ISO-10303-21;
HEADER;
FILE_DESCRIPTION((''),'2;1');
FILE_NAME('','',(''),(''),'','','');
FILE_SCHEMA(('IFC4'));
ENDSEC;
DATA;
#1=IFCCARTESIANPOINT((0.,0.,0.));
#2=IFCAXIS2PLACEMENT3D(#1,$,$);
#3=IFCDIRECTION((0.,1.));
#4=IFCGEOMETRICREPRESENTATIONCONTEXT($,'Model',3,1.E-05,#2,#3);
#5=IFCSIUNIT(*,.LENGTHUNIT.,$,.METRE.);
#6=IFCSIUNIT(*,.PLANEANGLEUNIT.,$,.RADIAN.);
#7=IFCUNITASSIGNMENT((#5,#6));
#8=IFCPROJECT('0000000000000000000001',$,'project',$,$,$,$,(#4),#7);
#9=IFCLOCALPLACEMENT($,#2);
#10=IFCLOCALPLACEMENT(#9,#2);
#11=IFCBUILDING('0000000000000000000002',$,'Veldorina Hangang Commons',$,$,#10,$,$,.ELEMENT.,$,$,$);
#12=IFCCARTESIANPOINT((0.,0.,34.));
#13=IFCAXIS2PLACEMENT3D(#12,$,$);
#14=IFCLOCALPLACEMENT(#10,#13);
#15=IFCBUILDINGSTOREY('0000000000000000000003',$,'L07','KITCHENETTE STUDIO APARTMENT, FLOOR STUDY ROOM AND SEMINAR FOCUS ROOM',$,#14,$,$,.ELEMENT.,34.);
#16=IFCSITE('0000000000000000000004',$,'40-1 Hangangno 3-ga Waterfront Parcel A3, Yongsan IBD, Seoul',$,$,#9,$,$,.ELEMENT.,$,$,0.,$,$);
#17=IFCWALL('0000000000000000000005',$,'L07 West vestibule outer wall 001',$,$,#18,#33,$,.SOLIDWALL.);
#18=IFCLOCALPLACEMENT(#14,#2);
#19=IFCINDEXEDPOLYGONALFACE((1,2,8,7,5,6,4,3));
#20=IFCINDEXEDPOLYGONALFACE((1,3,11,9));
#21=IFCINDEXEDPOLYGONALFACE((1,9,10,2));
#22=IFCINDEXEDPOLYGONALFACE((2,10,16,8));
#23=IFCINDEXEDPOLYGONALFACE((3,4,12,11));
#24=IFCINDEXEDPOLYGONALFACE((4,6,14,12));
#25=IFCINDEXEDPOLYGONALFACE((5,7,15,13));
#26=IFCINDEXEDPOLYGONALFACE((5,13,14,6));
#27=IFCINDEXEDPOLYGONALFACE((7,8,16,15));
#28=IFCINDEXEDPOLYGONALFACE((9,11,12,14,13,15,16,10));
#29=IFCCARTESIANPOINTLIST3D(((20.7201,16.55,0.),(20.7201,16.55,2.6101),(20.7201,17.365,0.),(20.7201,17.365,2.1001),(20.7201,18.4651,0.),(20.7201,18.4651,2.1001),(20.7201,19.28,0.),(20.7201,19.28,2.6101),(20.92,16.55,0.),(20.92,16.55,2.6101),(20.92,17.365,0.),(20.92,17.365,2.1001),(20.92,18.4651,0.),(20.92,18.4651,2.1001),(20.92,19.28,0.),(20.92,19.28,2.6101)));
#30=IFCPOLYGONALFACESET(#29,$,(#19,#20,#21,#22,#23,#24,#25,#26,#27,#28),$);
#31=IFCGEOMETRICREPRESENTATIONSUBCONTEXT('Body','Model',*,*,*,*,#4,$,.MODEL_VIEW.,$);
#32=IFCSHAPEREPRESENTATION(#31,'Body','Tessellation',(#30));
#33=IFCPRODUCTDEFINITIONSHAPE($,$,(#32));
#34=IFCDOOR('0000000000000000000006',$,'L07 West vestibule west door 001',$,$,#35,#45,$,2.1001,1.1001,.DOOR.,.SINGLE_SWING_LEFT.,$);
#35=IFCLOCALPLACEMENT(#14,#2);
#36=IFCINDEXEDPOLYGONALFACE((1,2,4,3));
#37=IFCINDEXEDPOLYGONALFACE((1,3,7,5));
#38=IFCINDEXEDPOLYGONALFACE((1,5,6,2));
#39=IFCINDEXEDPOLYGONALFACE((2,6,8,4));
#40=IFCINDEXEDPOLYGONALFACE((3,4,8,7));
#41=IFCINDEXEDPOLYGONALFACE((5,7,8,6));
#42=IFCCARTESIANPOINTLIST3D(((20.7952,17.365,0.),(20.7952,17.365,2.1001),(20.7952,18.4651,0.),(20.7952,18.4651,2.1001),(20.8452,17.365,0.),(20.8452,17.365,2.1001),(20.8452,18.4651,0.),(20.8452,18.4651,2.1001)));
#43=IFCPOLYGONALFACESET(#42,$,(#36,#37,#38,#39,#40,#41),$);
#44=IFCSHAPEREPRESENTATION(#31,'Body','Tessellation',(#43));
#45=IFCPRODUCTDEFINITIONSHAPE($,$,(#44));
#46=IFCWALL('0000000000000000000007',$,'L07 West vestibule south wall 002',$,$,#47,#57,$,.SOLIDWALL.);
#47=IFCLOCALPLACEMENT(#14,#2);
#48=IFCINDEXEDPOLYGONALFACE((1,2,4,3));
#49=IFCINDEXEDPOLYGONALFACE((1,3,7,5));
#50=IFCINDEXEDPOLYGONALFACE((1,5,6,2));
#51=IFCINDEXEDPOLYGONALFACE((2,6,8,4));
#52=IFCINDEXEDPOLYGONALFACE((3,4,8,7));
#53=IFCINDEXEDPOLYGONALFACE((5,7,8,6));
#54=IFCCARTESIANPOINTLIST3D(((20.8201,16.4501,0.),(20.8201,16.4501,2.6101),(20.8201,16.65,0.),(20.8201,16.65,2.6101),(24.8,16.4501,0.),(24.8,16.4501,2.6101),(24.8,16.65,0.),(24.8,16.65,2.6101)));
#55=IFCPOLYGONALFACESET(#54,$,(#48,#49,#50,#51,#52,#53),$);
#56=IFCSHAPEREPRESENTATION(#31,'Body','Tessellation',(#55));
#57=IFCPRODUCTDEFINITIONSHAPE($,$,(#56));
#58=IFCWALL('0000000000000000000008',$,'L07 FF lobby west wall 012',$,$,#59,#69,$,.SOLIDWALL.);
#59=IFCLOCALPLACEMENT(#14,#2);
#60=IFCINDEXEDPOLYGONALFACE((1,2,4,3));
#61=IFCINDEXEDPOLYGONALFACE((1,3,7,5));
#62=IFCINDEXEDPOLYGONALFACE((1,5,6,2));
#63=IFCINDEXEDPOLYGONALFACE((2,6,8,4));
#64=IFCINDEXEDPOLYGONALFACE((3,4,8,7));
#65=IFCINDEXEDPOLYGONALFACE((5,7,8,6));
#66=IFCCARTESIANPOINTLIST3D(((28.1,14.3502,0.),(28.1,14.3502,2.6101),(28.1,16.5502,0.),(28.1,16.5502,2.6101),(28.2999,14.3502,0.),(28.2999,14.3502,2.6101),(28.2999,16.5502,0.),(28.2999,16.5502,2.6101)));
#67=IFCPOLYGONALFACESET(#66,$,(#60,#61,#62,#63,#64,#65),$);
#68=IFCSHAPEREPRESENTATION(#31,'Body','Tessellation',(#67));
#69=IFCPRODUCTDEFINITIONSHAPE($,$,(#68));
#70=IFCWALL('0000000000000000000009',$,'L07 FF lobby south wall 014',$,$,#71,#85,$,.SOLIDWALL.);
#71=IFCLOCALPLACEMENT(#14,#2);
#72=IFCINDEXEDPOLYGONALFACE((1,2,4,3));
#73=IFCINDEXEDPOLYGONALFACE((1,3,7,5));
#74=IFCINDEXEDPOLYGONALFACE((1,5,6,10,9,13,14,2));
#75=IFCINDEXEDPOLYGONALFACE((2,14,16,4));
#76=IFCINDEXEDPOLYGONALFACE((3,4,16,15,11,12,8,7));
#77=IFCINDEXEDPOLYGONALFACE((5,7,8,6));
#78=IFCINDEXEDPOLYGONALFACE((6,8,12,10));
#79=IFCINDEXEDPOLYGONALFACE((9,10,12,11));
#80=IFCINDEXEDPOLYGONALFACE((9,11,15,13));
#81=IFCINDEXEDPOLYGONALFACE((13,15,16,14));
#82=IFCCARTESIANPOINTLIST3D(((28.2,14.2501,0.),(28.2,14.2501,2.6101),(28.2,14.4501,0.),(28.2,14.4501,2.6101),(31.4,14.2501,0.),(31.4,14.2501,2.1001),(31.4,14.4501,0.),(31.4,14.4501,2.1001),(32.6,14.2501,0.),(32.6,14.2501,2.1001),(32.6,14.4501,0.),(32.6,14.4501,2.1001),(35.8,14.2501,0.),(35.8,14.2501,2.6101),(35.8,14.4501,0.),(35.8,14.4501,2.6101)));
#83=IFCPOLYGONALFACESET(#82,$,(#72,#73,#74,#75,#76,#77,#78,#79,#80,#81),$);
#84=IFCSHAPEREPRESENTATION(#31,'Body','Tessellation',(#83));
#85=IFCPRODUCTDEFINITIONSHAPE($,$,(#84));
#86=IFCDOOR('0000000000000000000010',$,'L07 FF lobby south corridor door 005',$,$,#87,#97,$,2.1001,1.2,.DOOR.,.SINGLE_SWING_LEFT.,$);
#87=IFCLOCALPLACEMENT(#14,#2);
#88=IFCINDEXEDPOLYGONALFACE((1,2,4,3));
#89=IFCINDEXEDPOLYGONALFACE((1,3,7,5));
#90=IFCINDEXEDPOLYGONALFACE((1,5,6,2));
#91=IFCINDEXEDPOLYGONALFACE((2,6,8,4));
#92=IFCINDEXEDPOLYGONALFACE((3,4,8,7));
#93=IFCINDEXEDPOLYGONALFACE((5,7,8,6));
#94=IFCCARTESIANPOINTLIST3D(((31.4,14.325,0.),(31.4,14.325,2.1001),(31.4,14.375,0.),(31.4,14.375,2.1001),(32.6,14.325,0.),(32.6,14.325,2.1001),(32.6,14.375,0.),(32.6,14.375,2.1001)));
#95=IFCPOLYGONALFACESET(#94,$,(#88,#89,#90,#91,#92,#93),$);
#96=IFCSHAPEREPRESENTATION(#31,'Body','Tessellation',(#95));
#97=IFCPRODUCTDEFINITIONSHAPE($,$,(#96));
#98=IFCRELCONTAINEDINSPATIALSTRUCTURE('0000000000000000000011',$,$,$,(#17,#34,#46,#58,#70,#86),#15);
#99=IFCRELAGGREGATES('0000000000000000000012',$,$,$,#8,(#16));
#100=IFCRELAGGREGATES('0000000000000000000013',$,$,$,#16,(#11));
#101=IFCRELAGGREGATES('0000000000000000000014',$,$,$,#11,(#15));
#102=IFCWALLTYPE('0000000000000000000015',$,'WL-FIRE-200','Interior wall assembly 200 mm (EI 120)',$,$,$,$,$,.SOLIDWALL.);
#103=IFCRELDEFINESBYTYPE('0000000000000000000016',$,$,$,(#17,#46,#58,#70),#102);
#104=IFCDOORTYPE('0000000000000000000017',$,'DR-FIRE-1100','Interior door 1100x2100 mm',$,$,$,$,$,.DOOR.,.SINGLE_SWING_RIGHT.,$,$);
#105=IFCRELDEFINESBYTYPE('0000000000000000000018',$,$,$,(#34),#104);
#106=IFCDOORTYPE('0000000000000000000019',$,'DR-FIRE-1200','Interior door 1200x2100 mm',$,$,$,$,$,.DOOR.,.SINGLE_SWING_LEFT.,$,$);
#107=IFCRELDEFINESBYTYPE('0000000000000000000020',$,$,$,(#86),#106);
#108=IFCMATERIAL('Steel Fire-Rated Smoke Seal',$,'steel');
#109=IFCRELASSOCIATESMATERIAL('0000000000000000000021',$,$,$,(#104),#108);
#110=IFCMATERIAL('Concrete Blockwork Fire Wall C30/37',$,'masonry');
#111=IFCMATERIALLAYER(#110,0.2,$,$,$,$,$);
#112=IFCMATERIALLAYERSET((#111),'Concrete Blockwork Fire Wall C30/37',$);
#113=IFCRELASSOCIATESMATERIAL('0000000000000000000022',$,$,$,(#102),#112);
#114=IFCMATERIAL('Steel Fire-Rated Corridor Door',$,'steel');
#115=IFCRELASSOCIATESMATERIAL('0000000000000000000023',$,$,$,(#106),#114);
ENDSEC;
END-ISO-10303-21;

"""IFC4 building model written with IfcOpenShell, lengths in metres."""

from ifc_helpers import new_model, si_unit, direction, frame, frame_2d, origin, place, context, subcontext, project, spatial, rectangle, extrude, material, layer, layer_set, type_object, element, fill, save


model = new_model("IFC4")

# Units and contexts
model_context = context("Model", 3, precision=1e-05, world=origin(), true_north=direction((0.0, 1.0)))
body_context = subcontext(model_context, "Body", "Model", "MODEL_VIEW")
ifc_project = project(units=[si_unit("LENGTHUNIT", "METRE"), si_unit("PLANEANGLEUNIT", "RADIAN")], contexts=[model_context])

# Site, building, storey
site_placement = place(None, origin())
site = spatial("IfcSite", under=ifc_project, at=site_placement, Name="40-1 Hangangno 3-ga Waterfront Parcel A3, Yongsan IBD, Seoul", CompositionType="ELEMENT", RefElevation=0.0)
building_placement = place(site_placement, origin())
building = spatial("IfcBuilding", under=site, at=building_placement, Name="Veldorina Hangang Commons", CompositionType="ELEMENT")
storey_placement = place(building_placement, frame((0.0, 0.0, 34.0)))
storey = spatial("IfcBuildingStorey", under=building, at=storey_placement, Name="L07", Description="KITCHENETTE STUDIO APARTMENT, FLOOR STUDY ROOM AND SEMINAR FOCUS ROOM", CompositionType="ELEMENT", Elevation=34.0)

# Shared definitions
ifc_material_1 = material(Name="Steel Fire-Rated Smoke Seal", Category="steel")
door_type_1 = type_object("IfcDoorType", Name="DR-FIRE-1100", Description="Interior door 1100x2100 mm", OperationType="SINGLE_SWING_RIGHT", PredefinedType="DOOR", material=ifc_material_1)

# Wall, opening, door
ifc_material_2 = material(Name="Concrete Blockwork Fire Wall C30/37", Category="masonry")
ifc_layer_1 = layer(ifc_material_2, 0.2)
ifc_layer_set_1 = layer_set([ifc_layer_1], Name="Concrete Blockwork Fire Wall C30/37")
wall_type_1 = type_object("IfcWallType", Name="WL-FIRE-200", Description="Interior wall assembly 200 mm (EI 120)", PredefinedType="SOLIDWALL", material=ifc_layer_set_1)
wall_1_placement = place(storey_placement, frame((20.8201, 16.55, 0.0), z_axis=(0.0, 0.0, 1.0), x_axis=(0.0, 1.0, 0.0)))
wall_1 = element("IfcWall", 1, at=wall_1_placement, inside=storey, type_object=wall_type_1, Name="L07 West vestibule outer wall 001", PredefinedType="SOLIDWALL", context=body_context, shape_type="SweptSolid", body=[
    extrude(rectangle(XDim=2.73, YDim=0.2, at=frame_2d((1.365, 0.0))), origin(), (0.0, 0.0, 1.0), 2.6101),
])
opening_1_placement = place(wall_1_placement, frame((0.8149, 0.0, 0.0)))
opening_1 = element("IfcOpeningElement", 2, at=opening_1_placement, cuts=wall_1, PredefinedType="OPENING", context=body_context, shape_type="SweptSolid", body=[
    extrude(rectangle(XDim=1.1001, YDim=2.1001, at=frame_2d((0.55, 1.05))), frame((0.0, 0.1099, 0.0), z_axis=(0.0, -1.0, 0.0), x_axis=(1.0, 0.0, 0.0)), (0.0, 0.0, 1.0), 0.22),
])
door_1_placement = place(opening_1_placement, origin())
door_1 = element("IfcDoor", 3, at=door_1_placement, inside=storey, type_object=door_type_1, Name="L07 West vestibule west door 001", OperationType="SINGLE_SWING_LEFT", OverallHeight=2.1001, OverallWidth=1.1001, PredefinedType="DOOR", context=body_context, shape_type="SweptSolid", body=[
    extrude(rectangle(XDim=1.1001, YDim=2.1001, at=frame_2d((0.55, 1.05))), frame((0.0, 0.0249, 0.0), z_axis=(0.0, -1.0, 0.0), x_axis=(1.0, 0.0, 0.0)), (0.0, 0.0, 1.0), 0.05),
])
fill(opening_1, door_1)

# Walls
wall_2_placement = place(storey_placement, frame((20.8201, 16.55, 0.0), z_axis=(0.0, 0.0, 1.0), x_axis=(1.0, 0.0, 0.0)))
element("IfcWall", 4, at=wall_2_placement, inside=storey, type_object=wall_type_1, Name="L07 West vestibule south wall 002", PredefinedType="SOLIDWALL", context=body_context, shape_type="SweptSolid", body=[
    extrude(rectangle(XDim=3.98, YDim=0.2, at=frame_2d((1.99, 0.0))), origin(), (0.0, 0.0, 1.0), 2.6101),
])
wall_3_placement = place(storey_placement, frame((28.2, 14.3501, 0.0), z_axis=(0.0, 0.0, 1.0), x_axis=(0.0, 1.0, 0.0)))
element("IfcWall", 5, at=wall_3_placement, inside=storey, type_object=wall_type_1, Name="L07 FF lobby west wall 012", PredefinedType="SOLIDWALL", context=body_context, shape_type="SweptSolid", body=[
    extrude(rectangle(XDim=2.2, YDim=0.2, at=frame_2d((1.1001, 0.0))), origin(), (0.0, 0.0, 1.0), 2.6101),
])

# Wall, opening, door
wall_4_placement = place(storey_placement, frame((28.2, 14.3501, 0.0), z_axis=(0.0, 0.0, 1.0), x_axis=(1.0, 0.0, 0.0)))
wall_4 = element("IfcWall", 6, at=wall_4_placement, inside=storey, type_object=wall_type_1, Name="L07 FF lobby south wall 014", PredefinedType="SOLIDWALL", context=body_context, shape_type="SweptSolid", body=[
    extrude(rectangle(XDim=7.6001, YDim=0.2, at=frame_2d((3.8, 0.0))), origin(), (0.0, 0.0, 1.0), 2.6101),
])
opening_2_placement = place(wall_4_placement, frame((3.2, 0.0, 0.0)))
opening_2 = element("IfcOpeningElement", 7, at=opening_2_placement, cuts=wall_4, PredefinedType="OPENING", context=body_context, shape_type="SweptSolid", body=[
    extrude(rectangle(XDim=1.2, YDim=2.1001, at=frame_2d((0.6001, 1.05))), frame((0.0, 0.1099, 0.0), z_axis=(0.0, -1.0, 0.0), x_axis=(1.0, 0.0, 0.0)), (0.0, 0.0, 1.0), 0.22),
])
ifc_material_3 = material(Name="Steel Fire-Rated Corridor Door", Category="steel")
door_type_2 = type_object("IfcDoorType", Name="DR-FIRE-1200", Description="Interior door 1200x2100 mm", OperationType="SINGLE_SWING_LEFT", PredefinedType="DOOR", material=ifc_material_3)
door_2_placement = place(opening_2_placement, origin())
door_2 = element("IfcDoor", 8, at=door_2_placement, inside=storey, type_object=door_type_2, Name="L07 FF lobby south corridor door 005", OperationType="SINGLE_SWING_LEFT", OverallHeight=2.1001, OverallWidth=1.2, PredefinedType="DOOR", context=body_context, shape_type="SweptSolid", body=[
    extrude(rectangle(XDim=1.2, YDim=2.1001, at=frame_2d((0.6001, 1.05))), frame((0.0, 0.0249, 0.0), z_axis=(0.0, -1.0, 0.0), x_axis=(1.0, 0.0, 0.0)), (0.0, 0.0, 1.0), 0.05),
])
fill(opening_2, door_2)

save(model, "model.ifc")
